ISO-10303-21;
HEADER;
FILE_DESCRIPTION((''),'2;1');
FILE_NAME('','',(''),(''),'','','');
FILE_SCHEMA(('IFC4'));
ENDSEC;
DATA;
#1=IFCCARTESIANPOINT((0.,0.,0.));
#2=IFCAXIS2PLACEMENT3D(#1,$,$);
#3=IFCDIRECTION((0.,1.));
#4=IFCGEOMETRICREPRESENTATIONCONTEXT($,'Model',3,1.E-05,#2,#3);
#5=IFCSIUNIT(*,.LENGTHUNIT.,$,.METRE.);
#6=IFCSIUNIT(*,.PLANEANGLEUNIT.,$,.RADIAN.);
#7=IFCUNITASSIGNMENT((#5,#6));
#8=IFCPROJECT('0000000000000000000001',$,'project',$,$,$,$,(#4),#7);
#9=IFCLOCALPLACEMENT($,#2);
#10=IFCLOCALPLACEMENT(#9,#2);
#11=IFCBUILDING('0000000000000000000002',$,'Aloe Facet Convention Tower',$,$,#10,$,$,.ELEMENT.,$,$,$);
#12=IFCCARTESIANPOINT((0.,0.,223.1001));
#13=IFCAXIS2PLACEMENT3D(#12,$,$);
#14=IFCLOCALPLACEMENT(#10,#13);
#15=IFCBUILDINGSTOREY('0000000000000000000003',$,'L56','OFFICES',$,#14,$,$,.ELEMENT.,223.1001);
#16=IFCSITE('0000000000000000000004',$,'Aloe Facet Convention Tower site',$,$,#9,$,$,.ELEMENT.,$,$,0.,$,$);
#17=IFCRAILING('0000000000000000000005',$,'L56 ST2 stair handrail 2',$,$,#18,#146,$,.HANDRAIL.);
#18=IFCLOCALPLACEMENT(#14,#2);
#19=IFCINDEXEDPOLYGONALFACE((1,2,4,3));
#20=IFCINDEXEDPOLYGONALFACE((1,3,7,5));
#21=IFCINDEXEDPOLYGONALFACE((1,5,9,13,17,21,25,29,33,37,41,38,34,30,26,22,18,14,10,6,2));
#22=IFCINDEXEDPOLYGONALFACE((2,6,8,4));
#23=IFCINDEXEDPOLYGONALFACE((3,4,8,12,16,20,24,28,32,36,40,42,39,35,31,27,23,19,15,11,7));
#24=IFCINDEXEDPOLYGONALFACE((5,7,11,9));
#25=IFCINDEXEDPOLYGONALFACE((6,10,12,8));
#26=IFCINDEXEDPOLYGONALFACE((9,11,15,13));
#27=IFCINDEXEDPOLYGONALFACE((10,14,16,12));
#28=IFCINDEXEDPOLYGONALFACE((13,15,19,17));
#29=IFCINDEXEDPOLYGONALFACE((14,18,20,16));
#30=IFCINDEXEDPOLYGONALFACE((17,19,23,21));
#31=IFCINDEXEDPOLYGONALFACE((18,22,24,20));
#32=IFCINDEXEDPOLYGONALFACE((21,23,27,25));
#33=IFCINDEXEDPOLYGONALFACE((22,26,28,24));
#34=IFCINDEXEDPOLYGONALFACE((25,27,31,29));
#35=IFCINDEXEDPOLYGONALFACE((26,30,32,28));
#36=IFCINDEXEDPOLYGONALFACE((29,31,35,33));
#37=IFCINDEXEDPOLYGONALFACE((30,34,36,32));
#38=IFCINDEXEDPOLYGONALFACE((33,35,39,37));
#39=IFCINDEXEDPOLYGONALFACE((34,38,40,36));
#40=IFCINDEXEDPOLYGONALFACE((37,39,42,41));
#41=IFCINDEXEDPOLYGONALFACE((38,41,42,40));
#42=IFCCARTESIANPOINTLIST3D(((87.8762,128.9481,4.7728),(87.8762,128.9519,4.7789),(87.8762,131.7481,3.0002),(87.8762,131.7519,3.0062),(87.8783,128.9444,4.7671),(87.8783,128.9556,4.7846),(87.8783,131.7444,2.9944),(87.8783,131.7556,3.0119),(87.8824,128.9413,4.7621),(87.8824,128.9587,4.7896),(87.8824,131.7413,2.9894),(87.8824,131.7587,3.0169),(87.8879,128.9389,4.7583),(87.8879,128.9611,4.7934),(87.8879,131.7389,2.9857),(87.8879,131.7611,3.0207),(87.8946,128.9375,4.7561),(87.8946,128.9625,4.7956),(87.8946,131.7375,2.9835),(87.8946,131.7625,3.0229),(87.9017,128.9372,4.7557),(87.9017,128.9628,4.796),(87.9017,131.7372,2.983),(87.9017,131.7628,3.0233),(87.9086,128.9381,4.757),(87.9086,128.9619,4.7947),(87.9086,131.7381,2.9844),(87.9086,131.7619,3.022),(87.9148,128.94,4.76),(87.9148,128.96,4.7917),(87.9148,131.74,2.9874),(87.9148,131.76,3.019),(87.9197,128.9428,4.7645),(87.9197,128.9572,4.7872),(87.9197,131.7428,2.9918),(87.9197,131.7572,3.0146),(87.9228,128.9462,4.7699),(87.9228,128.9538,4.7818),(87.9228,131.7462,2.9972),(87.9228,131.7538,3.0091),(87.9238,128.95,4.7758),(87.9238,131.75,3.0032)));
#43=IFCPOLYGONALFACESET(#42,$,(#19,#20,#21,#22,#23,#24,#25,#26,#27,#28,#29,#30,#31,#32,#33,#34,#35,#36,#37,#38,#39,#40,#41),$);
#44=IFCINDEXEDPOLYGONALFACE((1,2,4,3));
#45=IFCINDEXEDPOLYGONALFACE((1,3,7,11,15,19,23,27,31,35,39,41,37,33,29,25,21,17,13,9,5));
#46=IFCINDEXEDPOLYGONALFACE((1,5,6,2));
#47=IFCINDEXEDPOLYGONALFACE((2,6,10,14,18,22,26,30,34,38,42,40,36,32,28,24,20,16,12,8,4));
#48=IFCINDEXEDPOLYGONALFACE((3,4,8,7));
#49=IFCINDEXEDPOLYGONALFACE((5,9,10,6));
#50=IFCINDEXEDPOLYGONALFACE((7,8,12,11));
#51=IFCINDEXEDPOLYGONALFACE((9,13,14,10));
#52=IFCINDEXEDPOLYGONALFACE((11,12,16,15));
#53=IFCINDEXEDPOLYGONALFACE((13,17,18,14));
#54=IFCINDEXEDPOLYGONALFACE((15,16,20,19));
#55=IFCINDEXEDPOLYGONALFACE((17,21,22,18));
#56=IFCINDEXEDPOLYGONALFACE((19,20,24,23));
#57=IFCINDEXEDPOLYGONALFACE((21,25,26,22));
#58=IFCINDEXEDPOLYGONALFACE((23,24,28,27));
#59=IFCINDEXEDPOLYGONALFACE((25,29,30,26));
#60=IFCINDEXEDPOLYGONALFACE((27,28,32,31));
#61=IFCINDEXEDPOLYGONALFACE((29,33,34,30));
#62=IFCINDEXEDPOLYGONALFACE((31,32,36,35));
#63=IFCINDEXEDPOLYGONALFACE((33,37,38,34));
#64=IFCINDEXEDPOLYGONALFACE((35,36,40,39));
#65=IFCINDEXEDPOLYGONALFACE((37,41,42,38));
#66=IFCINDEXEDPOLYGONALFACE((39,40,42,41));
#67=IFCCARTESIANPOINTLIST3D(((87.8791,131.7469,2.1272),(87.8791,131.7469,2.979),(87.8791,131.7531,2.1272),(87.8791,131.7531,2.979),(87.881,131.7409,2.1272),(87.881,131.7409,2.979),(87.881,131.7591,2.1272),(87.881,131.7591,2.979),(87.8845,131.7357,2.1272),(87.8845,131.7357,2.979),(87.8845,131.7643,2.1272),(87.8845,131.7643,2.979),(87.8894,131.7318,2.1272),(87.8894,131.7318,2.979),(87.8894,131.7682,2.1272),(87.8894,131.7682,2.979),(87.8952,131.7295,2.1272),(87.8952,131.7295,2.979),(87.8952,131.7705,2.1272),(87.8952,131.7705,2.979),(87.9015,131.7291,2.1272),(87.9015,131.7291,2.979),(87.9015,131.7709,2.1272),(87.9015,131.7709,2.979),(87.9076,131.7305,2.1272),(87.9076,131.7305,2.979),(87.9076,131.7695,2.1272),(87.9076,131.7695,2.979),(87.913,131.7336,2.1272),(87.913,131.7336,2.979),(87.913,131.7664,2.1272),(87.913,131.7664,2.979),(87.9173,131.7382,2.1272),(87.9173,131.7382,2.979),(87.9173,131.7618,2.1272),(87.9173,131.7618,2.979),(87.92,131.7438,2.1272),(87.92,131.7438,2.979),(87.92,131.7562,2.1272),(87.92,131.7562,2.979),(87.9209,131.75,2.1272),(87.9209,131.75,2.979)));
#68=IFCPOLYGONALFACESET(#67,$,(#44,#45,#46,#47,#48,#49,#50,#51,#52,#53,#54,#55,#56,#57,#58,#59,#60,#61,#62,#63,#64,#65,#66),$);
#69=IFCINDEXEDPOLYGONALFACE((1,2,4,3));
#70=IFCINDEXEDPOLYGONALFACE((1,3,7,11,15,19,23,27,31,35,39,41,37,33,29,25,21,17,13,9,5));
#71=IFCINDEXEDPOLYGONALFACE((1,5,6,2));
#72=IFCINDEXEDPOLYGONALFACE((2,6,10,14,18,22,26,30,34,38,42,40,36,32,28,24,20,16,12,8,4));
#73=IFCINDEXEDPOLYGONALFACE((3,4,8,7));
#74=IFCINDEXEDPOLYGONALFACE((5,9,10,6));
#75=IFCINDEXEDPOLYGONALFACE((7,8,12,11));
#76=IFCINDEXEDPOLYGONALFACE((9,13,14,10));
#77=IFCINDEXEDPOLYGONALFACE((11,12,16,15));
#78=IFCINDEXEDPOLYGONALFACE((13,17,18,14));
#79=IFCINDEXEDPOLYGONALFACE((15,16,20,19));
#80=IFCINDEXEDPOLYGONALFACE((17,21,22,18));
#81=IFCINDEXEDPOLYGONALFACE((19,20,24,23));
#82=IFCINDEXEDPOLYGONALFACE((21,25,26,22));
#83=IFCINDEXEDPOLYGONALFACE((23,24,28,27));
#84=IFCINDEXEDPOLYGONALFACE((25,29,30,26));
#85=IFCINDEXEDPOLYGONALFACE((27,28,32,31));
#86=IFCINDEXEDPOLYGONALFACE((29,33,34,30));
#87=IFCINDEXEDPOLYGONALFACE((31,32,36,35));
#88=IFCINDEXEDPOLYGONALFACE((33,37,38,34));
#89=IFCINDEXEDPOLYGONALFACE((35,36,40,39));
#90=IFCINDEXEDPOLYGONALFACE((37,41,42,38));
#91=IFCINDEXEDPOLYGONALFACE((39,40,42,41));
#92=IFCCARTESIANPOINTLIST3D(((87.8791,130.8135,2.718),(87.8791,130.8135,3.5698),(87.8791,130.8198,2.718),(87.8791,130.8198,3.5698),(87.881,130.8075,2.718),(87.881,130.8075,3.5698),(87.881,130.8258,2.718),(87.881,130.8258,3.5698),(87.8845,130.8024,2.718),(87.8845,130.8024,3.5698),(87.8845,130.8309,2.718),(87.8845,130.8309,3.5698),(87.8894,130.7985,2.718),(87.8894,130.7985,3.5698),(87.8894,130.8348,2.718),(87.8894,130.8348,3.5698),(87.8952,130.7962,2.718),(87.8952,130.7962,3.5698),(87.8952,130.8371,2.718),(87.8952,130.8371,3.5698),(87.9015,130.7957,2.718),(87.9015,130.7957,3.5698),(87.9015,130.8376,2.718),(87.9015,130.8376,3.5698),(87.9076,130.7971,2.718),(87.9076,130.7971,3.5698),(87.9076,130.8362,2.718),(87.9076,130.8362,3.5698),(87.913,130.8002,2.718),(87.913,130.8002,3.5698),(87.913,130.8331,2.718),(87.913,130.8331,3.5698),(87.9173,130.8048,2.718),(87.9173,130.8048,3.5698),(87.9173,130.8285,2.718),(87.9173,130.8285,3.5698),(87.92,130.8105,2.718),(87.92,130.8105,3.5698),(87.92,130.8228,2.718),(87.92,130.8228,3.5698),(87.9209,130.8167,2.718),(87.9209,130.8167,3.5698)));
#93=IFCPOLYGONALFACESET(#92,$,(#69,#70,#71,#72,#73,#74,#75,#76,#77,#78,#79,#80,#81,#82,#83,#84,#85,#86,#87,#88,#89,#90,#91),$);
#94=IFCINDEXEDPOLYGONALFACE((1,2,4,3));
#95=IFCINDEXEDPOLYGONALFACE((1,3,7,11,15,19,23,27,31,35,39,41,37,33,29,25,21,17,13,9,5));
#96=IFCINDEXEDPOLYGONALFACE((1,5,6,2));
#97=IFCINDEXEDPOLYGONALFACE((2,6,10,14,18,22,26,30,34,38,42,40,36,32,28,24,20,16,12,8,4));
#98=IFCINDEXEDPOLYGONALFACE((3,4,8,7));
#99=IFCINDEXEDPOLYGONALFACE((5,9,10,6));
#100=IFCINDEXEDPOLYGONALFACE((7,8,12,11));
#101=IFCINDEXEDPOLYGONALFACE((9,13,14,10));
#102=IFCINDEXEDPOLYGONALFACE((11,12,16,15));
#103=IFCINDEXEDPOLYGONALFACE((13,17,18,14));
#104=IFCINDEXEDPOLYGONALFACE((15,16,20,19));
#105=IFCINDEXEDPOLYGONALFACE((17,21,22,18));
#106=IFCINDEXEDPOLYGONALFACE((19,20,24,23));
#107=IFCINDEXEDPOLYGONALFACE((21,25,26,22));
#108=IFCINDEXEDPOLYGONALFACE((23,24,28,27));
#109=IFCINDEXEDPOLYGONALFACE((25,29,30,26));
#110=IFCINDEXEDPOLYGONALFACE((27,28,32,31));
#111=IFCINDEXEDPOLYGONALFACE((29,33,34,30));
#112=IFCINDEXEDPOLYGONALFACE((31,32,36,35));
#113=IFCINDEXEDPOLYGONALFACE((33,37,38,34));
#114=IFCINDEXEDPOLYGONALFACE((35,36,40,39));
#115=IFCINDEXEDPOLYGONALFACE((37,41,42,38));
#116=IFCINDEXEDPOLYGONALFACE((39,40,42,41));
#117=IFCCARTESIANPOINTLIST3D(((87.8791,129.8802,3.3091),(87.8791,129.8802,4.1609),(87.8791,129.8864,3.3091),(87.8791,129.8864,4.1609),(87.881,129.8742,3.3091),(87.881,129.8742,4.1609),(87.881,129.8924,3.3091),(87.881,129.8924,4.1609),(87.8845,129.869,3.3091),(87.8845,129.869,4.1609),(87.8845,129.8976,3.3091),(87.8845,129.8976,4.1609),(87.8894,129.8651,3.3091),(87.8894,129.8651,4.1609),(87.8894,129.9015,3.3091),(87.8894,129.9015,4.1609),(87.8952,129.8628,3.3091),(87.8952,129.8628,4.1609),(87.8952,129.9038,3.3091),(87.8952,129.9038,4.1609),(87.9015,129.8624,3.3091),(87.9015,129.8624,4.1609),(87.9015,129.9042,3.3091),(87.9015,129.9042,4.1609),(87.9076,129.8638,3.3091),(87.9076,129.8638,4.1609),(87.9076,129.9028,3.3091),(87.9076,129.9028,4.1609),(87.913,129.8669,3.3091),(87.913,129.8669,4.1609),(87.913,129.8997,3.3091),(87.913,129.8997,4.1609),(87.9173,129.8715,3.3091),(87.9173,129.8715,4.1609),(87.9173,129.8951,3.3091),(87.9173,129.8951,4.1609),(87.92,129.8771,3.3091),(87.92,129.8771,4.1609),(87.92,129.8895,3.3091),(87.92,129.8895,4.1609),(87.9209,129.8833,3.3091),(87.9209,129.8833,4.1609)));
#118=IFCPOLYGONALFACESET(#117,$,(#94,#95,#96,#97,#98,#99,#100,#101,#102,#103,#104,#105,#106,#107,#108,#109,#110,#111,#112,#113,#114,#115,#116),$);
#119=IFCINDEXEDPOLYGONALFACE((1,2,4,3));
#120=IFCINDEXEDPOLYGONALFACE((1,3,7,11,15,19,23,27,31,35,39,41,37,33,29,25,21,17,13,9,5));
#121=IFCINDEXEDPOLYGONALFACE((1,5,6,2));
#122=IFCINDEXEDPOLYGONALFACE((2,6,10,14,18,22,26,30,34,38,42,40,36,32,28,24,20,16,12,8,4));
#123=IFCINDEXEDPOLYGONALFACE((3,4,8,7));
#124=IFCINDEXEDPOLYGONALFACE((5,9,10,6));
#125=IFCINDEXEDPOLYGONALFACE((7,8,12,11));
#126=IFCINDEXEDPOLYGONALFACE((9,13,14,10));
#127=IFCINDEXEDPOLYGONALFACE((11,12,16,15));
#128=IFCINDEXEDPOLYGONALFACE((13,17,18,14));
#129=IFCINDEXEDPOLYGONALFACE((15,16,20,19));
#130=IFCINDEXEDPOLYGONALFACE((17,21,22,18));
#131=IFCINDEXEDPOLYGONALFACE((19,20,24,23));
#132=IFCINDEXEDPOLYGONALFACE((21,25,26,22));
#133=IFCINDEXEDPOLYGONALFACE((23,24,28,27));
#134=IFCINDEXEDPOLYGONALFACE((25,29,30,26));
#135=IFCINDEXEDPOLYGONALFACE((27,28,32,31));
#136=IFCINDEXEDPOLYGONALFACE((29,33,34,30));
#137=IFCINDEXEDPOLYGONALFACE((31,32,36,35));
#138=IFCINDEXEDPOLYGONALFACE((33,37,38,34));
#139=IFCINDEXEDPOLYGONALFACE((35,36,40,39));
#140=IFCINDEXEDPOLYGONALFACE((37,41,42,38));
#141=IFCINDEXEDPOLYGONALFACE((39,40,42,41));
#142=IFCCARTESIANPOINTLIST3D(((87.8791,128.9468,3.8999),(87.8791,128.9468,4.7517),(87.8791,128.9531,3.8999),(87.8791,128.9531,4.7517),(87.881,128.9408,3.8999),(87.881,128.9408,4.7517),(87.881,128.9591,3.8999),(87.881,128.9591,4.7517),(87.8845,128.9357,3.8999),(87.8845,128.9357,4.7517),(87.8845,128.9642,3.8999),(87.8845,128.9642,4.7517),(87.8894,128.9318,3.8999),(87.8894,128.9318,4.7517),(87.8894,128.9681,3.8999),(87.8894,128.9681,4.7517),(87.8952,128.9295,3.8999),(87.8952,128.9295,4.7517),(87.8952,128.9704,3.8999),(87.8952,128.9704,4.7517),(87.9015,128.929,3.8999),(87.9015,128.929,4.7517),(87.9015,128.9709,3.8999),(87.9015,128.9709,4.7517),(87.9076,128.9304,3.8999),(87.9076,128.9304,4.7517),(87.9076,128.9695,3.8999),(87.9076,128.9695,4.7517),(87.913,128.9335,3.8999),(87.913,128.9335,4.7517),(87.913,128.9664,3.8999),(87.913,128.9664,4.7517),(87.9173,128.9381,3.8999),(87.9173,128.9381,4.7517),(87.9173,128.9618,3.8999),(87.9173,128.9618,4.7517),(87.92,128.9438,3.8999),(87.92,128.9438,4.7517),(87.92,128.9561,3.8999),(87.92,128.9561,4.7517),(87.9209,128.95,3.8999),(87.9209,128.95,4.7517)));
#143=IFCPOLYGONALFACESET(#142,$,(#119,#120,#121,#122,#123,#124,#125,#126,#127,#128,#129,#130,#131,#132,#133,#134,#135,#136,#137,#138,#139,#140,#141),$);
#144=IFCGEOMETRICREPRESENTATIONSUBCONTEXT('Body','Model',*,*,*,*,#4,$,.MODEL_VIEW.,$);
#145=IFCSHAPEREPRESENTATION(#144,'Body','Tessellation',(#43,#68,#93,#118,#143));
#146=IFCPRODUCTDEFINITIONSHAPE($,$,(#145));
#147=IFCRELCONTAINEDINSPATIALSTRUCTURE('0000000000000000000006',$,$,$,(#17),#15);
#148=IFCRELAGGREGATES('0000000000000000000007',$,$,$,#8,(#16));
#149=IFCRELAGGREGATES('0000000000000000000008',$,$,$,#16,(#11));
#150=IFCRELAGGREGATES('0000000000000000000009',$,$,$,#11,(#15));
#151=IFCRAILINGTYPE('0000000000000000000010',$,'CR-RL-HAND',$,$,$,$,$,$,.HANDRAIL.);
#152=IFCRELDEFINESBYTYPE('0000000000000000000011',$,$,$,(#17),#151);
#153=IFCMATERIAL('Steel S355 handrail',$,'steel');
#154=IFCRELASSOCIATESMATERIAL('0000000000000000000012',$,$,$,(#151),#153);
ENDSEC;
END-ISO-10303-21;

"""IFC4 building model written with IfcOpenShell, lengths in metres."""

from ifc_helpers import new_model, si_unit, direction, frame, origin, origin_2d, place, context, subcontext, project, spatial, circle, extrude, material, type_object, element, save


model = new_model("IFC4")

# Units and contexts
model_context = context("Model", 3, precision=1e-05, world=origin(), true_north=direction((0.0, 1.0)))
body_context = subcontext(model_context, "Body", "Model", "MODEL_VIEW")
ifc_project = project(units=[si_unit("LENGTHUNIT", "METRE"), si_unit("PLANEANGLEUNIT", "RADIAN")], contexts=[model_context])

# Site, building, storey
site_placement = place(None, origin())
site = spatial("IfcSite", under=ifc_project, at=site_placement, Name="Aloe Facet Convention Tower site", CompositionType="ELEMENT", RefElevation=0.0)
building_placement = place(site_placement, origin())
building = spatial("IfcBuilding", under=site, at=building_placement, Name="Aloe Facet Convention Tower", CompositionType="ELEMENT")
storey_placement = place(building_placement, frame((0.0, 0.0, 223.1001)))
storey = spatial("IfcBuildingStorey", under=building, at=storey_placement, Name="L56", Description="OFFICES", CompositionType="ELEMENT", Elevation=223.1001)

# Railing
ifc_material_1 = material(Name="Steel S355 handrail", Category="steel")
railing_type_1 = type_object("IfcRailingType", Name="CR-RL-HAND", PredefinedType="HANDRAIL", material=ifc_material_1)
railing_1_placement = place(storey_placement, frame((87.8999, 131.75, 2.1272)))
element("IfcRailing", 1, at=railing_1_placement, inside=storey, type_object=railing_type_1, Name="L56 ST2 stair handrail 2", PredefinedType="HANDRAIL", context=body_context, shape_type="SweptSolid", body=[
    extrude(circle(Radius=0.0239, at=origin_2d()), frame((0.0, 0.0, 0.876), z_axis=(0.0, -0.844909, 0.53491), x_axis=(1.0, 0.0, 0.0)), (0.0, 0.0, 1.0), 3.314),
    extrude(circle(Radius=0.021, at=origin_2d()), origin(), (0.0, 0.0, 1.0), 0.8518),
    extrude(circle(Radius=0.021, at=origin_2d()), frame((0.0, -0.9333, 0.5908)), (0.0, 0.0, 1.0), 0.8518),
    extrude(circle(Radius=0.021, at=origin_2d()), frame((0.0, -1.8667, 1.1819)), (0.0, 0.0, 1.0), 0.8518),
    extrude(circle(Radius=0.021, at=origin_2d()), frame((0.0, -2.8, 1.7727)), (0.0, 0.0, 1.0), 0.8518),
])

save(model, "model.ifc")
